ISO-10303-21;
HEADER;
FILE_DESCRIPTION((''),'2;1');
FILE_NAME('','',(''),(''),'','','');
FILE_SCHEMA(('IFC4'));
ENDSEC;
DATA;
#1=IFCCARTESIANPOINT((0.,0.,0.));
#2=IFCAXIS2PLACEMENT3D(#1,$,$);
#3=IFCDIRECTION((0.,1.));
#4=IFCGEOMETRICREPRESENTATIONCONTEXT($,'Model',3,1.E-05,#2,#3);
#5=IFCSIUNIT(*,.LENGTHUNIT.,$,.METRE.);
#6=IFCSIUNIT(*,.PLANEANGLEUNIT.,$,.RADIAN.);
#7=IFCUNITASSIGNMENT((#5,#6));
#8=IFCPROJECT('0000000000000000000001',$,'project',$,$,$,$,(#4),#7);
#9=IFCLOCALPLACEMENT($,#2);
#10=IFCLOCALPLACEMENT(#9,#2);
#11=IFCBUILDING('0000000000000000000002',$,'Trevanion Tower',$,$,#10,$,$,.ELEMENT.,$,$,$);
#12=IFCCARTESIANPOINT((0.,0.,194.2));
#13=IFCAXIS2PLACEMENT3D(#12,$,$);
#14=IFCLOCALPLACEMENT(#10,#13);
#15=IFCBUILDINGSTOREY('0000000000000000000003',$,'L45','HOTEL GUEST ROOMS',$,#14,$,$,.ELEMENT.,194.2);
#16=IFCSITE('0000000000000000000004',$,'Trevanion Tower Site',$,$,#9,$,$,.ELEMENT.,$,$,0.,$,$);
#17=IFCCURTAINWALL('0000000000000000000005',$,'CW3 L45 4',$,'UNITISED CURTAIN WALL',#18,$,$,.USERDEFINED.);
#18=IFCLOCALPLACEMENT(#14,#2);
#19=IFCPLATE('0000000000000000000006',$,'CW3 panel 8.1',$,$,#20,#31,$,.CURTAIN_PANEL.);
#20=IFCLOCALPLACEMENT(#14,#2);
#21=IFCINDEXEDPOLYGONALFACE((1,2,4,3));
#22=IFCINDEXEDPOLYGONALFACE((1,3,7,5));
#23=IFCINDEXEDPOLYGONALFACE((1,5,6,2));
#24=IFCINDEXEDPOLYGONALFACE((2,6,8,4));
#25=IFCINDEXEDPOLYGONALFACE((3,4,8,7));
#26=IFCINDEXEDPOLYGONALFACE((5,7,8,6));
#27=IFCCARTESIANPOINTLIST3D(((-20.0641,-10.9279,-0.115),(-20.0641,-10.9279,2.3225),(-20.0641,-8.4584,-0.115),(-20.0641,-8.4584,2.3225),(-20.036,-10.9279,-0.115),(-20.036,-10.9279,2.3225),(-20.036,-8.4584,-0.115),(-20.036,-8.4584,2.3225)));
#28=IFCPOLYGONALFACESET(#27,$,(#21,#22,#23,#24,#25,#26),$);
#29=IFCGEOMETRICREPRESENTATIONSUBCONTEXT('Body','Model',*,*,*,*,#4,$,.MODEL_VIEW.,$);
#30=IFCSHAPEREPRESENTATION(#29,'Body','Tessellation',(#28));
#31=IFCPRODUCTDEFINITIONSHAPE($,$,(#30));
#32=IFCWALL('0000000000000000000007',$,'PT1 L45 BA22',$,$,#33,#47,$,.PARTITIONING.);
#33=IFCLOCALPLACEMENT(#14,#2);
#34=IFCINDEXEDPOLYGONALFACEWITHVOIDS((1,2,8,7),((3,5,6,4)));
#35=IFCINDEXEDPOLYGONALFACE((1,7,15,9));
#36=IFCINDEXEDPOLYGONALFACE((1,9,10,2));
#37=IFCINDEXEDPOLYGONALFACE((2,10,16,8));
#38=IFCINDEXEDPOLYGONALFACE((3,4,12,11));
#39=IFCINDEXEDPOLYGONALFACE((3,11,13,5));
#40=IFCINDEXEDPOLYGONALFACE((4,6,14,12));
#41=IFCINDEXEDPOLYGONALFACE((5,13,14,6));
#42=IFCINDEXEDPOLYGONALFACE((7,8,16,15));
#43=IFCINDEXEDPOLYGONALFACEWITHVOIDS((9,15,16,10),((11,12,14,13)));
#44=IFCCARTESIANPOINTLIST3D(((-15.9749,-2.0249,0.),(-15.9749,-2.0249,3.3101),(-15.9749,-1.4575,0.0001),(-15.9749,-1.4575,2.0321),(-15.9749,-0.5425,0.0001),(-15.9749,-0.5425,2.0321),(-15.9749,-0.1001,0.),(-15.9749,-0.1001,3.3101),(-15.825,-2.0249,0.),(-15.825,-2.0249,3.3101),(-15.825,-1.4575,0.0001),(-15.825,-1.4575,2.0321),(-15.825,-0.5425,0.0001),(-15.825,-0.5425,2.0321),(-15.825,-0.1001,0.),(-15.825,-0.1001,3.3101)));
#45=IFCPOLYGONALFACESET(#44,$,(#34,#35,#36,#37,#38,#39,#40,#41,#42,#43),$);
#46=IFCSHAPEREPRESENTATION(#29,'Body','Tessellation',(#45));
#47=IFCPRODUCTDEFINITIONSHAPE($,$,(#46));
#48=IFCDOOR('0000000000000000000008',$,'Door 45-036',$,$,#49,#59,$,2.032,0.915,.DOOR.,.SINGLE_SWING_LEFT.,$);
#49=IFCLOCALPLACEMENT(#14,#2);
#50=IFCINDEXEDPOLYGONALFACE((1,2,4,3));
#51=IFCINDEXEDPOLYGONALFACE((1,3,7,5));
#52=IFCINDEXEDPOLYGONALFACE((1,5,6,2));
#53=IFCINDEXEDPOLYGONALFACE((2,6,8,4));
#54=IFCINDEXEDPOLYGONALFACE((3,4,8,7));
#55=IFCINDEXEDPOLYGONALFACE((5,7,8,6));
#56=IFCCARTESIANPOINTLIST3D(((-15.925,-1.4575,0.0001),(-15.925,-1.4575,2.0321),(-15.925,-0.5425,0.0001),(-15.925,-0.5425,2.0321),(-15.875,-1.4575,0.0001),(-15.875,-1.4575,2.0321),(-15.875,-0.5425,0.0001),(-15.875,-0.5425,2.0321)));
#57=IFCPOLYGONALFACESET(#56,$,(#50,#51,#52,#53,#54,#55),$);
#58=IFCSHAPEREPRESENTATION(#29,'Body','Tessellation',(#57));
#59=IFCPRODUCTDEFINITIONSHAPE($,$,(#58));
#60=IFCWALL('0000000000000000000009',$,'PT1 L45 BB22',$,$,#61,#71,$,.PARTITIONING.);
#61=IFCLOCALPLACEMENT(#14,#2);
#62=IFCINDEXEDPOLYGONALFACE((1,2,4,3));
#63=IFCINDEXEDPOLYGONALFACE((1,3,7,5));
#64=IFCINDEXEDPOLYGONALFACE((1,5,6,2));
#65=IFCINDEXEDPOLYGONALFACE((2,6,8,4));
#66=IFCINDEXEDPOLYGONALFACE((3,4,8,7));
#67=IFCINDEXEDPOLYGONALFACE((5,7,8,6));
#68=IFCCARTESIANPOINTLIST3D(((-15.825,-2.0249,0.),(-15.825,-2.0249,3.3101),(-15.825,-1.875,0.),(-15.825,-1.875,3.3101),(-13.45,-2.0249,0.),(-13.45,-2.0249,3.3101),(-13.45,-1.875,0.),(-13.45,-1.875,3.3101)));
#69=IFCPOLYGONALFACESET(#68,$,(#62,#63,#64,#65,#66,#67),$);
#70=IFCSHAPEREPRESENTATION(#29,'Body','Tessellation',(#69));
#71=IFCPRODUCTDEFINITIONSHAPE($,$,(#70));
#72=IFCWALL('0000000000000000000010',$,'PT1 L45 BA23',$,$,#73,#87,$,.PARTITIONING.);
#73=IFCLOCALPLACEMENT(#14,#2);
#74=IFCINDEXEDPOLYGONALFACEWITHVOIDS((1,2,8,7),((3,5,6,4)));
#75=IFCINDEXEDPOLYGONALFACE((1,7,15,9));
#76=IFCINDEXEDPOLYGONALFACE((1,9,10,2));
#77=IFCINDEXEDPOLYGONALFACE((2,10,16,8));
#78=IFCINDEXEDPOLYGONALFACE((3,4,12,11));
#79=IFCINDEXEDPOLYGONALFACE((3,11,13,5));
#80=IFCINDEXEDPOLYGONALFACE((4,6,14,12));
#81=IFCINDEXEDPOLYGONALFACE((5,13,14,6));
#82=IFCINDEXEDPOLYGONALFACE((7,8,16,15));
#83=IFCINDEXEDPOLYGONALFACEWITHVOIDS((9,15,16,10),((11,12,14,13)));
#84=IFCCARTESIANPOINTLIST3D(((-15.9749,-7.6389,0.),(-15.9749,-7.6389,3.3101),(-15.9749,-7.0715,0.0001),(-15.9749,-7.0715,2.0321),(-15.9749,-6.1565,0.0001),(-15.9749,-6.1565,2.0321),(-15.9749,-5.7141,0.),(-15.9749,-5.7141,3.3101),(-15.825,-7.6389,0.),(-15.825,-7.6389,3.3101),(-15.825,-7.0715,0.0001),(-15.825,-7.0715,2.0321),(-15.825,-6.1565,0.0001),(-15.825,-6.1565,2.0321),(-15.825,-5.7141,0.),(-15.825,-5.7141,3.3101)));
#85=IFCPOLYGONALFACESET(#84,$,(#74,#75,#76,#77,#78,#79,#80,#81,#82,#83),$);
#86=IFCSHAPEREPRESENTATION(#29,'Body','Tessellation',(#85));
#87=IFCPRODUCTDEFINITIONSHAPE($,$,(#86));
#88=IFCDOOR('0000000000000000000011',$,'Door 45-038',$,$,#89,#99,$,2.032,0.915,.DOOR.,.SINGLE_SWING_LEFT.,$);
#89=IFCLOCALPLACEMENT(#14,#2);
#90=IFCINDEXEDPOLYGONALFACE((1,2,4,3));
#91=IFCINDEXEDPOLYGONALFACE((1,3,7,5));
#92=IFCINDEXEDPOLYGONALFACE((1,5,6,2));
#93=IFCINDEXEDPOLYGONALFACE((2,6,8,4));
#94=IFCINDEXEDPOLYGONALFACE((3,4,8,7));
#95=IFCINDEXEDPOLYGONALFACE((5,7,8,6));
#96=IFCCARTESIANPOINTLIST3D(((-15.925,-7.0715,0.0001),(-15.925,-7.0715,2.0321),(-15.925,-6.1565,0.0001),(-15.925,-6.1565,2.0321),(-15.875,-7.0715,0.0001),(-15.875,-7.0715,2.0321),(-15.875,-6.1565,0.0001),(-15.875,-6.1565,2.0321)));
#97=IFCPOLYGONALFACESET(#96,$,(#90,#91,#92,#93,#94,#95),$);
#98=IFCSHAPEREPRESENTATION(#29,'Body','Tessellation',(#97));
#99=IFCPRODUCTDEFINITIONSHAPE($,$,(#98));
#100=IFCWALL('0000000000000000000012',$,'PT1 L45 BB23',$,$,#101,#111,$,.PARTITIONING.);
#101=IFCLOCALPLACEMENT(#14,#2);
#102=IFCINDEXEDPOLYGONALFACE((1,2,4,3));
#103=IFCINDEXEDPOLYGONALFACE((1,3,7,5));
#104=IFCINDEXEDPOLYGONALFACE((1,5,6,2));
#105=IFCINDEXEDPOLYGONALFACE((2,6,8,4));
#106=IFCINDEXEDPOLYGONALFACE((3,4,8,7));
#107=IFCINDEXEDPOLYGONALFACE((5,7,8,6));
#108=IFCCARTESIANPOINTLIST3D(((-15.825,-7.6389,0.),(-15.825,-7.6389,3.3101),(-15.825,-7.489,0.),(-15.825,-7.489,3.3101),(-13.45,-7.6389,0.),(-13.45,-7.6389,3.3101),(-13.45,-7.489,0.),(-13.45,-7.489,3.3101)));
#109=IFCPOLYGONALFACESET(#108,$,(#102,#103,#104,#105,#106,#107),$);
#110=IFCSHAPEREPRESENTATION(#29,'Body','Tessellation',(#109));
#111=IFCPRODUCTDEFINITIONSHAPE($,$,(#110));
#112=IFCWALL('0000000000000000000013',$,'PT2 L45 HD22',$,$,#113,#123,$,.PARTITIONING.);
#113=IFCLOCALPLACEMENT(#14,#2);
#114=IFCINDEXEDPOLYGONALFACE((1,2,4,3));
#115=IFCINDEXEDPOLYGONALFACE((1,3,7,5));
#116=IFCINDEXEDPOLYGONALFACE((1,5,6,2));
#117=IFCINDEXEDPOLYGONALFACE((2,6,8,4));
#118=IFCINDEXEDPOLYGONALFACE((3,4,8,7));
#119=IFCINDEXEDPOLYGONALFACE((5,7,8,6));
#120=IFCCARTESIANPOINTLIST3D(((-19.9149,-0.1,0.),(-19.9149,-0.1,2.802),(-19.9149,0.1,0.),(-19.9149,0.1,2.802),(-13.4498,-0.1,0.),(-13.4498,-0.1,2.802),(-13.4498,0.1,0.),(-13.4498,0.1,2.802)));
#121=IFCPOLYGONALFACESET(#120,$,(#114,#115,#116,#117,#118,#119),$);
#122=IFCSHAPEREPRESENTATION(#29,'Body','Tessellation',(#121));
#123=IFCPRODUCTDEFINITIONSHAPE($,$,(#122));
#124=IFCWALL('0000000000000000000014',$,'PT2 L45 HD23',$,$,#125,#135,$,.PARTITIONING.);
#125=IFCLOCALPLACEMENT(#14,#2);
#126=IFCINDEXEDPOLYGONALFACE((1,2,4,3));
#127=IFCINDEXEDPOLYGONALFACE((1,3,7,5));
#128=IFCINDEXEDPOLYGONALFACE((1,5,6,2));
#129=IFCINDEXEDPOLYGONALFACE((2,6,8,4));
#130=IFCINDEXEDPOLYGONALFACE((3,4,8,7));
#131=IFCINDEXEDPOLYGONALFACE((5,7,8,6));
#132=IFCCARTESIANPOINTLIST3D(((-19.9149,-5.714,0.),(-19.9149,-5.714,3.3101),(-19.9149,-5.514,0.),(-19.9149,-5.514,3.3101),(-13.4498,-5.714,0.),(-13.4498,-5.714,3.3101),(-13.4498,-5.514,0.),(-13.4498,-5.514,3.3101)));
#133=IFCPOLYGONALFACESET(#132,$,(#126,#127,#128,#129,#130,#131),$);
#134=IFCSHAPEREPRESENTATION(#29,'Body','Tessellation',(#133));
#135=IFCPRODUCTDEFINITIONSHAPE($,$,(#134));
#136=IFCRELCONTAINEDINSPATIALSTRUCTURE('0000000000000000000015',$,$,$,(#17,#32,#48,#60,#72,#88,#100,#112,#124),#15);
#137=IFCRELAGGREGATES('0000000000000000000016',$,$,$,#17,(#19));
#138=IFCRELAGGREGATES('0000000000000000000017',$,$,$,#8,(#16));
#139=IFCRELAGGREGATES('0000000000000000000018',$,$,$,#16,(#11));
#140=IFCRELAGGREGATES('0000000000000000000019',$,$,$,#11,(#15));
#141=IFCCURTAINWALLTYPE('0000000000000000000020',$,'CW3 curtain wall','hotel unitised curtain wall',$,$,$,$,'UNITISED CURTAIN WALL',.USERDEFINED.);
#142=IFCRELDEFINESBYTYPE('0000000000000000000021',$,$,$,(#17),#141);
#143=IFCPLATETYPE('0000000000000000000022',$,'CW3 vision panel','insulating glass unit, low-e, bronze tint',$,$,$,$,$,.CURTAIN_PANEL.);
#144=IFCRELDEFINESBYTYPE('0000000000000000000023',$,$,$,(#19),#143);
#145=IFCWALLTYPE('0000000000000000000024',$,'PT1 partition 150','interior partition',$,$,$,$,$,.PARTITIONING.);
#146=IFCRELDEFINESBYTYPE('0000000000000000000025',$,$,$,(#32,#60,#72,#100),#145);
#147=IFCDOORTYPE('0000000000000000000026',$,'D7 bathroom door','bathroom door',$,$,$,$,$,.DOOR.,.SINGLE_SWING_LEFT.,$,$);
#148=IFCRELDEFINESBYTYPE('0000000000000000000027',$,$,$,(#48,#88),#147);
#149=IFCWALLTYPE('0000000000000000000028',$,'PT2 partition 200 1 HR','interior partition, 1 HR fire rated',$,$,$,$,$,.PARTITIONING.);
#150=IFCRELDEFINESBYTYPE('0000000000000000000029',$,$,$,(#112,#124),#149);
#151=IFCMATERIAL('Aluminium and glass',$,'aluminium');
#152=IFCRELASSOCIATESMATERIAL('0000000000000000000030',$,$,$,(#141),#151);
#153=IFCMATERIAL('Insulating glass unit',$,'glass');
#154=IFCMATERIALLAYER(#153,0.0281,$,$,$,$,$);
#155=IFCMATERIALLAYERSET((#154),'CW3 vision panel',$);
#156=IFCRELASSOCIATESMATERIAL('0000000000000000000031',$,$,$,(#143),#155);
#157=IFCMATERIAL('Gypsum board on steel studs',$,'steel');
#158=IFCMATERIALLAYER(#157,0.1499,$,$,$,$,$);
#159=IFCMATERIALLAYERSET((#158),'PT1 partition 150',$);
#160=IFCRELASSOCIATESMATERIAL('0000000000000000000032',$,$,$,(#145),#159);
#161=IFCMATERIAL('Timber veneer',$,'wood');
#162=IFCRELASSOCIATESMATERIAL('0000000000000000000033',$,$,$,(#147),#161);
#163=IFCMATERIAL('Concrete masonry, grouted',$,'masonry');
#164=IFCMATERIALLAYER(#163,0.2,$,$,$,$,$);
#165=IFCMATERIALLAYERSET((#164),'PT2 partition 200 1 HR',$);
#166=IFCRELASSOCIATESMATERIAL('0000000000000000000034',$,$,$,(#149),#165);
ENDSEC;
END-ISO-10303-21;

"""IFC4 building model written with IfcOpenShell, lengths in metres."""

from ifc_helpers import new_model, si_unit, direction, frame, frame_2d, origin, origin_2d, place, context, subcontext, project, spatial, rectangle, extrude, material, layer, layer_set, type_object, element, fill, aggregate, save


model = new_model("IFC4")

# Units and contexts
model_context = context("Model", 3, precision=1e-05, world=origin(), true_north=direction((0.0, 1.0)))
body_context = subcontext(model_context, "Body", "Model", "MODEL_VIEW")
ifc_project = project(units=[si_unit("LENGTHUNIT", "METRE"), si_unit("PLANEANGLEUNIT", "RADIAN")], contexts=[model_context])

# Site, building, storey
site_placement = place(None, origin())
site = spatial("IfcSite", under=ifc_project, at=site_placement, Name="Trevanion Tower Site", CompositionType="ELEMENT", RefElevation=0.0)
building_placement = place(site_placement, origin())
building = spatial("IfcBuilding", under=site, at=building_placement, Name="Trevanion Tower", CompositionType="ELEMENT")
storey_placement = place(building_placement, frame((0.0, 0.0, 194.2)))
storey = spatial("IfcBuildingStorey", under=building, at=storey_placement, Name="L45", Description="HOTEL GUEST ROOMS", CompositionType="ELEMENT", Elevation=194.2)

# Curtain wall
ifc_material_1 = material(Name="Aluminium and glass", Category="aluminium")
curtain_wall_type = type_object("IfcCurtainWallType", Name="CW3 curtain wall", Description="hotel unitised curtain wall", ElementType="UNITISED CURTAIN WALL", PredefinedType="USERDEFINED", material=ifc_material_1)
curtain_wall_placement = place(storey_placement, origin())
curtain_wall = element("IfcCurtainWall", 1, at=curtain_wall_placement, inside=storey, type_object=curtain_wall_type, Name="CW3 L45 4", ObjectType="UNITISED CURTAIN WALL", PredefinedType="USERDEFINED")

# Plate
ifc_material_2 = material(Name="Insulating glass unit", Category="glass")
ifc_layer_1 = layer(ifc_material_2, 0.0281)
ifc_layer_set_1 = layer_set([ifc_layer_1], Name="CW3 vision panel")
plate_type_1 = type_object("IfcPlateType", Name="CW3 vision panel", Description="insulating glass unit, low-e, bronze tint", PredefinedType="CURTAIN_PANEL", material=ifc_layer_set_1)
plate_1_placement = place(storey_placement, frame((-20.05, -9.6931, -0.115), z_axis=(0.0, 0.0, 1.0), x_axis=(0.0, -1.0, 0.0)))
plate_1 = element("IfcPlate", 2, at=plate_1_placement, type_object=plate_type_1, Name="CW3 panel 8.1", PredefinedType="CURTAIN_PANEL", context=body_context, shape_type="SweptSolid", body=[
    extrude(rectangle(XDim=2.4695, YDim=0.0281, at=origin_2d()), origin(), (0.0, 0.0, 1.0), 2.4375),
])
aggregate(curtain_wall, [plate_1])

# Wall, opening, door
ifc_material_3 = material(Name="Gypsum board on steel studs", Category="steel")
ifc_layer_2 = layer(ifc_material_3, 0.1499)
ifc_layer_set_2 = layer_set([ifc_layer_2], Name="PT1 partition 150")
wall_type_1 = type_object("IfcWallType", Name="PT1 partition 150", Description="interior partition", PredefinedType="PARTITIONING", material=ifc_layer_set_2)
wall_1_placement = place(storey_placement, frame((-15.8999, -0.1001, 0.0), z_axis=(0.0, 0.0, 1.0), x_axis=(0.0, -1.0, 0.0)))
wall_1 = element("IfcWall", 3, at=wall_1_placement, inside=storey, type_object=wall_type_1, Name="PT1 L45 BA22", PredefinedType="PARTITIONING", context=body_context, shape_type="SweptSolid", body=[
    extrude(rectangle(XDim=1.9248, YDim=0.1499, at=frame_2d((0.9624, 0.0))), origin(), (0.0, 0.0, 1.0), 3.3101),
])
opening_1_placement = place(wall_1_placement, frame((0.4424, 0.0, 0.0)))
opening_1 = element("IfcOpeningElement", 4, at=opening_1_placement, cuts=wall_1, PredefinedType="OPENING", context=body_context, shape_type="SweptSolid", body=[
    extrude(rectangle(XDim=0.915, YDim=2.032, at=frame_2d((0.4575, 1.0161))), frame((0.0, 0.085, 0.0), z_axis=(0.0, -1.0, 0.0), x_axis=(1.0, 0.0, 0.0)), (0.0, 0.0, 1.0), 0.1699),
])
ifc_material_4 = material(Name="Timber veneer", Category="wood")
door_type = type_object("IfcDoorType", Name="D7 bathroom door", Description="bathroom door", OperationType="SINGLE_SWING_LEFT", PredefinedType="DOOR", material=ifc_material_4)
door_1_placement = place(opening_1_placement, origin())
door_1 = element("IfcDoor", 5, at=door_1_placement, inside=storey, type_object=door_type, Name="Door 45-036", OperationType="SINGLE_SWING_LEFT", OverallHeight=2.032, OverallWidth=0.915, PredefinedType="DOOR", context=body_context, shape_type="SweptSolid", body=[
    extrude(rectangle(XDim=0.915, YDim=2.032, at=frame_2d((0.4575, 1.0161))), frame((0.0, 0.0249, 0.0), z_axis=(0.0, -1.0, 0.0), x_axis=(1.0, 0.0, 0.0)), (0.0, 0.0, 1.0), 0.05),
])
fill(opening_1, door_1)

# Wall
wall_2_placement = place(storey_placement, frame((-13.45, -1.95, 0.0), z_axis=(0.0, 0.0, 1.0), x_axis=(-1.0, 0.0, 0.0)))
element("IfcWall", 6, at=wall_2_placement, inside=storey, type_object=wall_type_1, Name="PT1 L45 BB22", PredefinedType="PARTITIONING", context=body_context, shape_type="SweptSolid", body=[
    extrude(rectangle(XDim=2.375, YDim=0.1499, at=frame_2d((1.1875, 0.0))), origin(), (0.0, 0.0, 1.0), 3.3101),
])

# Wall, opening, door
wall_3_placement = place(storey_placement, frame((-15.8999, -5.7141, 0.0), z_axis=(0.0, 0.0, 1.0), x_axis=(0.0, -1.0, 0.0)))
wall_3 = element("IfcWall", 7, at=wall_3_placement, inside=storey, type_object=wall_type_1, Name="PT1 L45 BA23", PredefinedType="PARTITIONING", context=body_context, shape_type="SweptSolid", body=[
    extrude(rectangle(XDim=1.9248, YDim=0.1499, at=frame_2d((0.9624, 0.0))), origin(), (0.0, 0.0, 1.0), 3.3101),
])
opening_2_placement = place(wall_3_placement, frame((0.4424, 0.0, 0.0)))
opening_2 = element("IfcOpeningElement", 8, at=opening_2_placement, cuts=wall_3, PredefinedType="OPENING", context=body_context, shape_type="SweptSolid", body=[
    extrude(rectangle(XDim=0.915, YDim=2.032, at=frame_2d((0.4575, 1.0161))), frame((0.0, 0.085, 0.0), z_axis=(0.0, -1.0, 0.0), x_axis=(1.0, 0.0, 0.0)), (0.0, 0.0, 1.0), 0.1699),
])
door_2_placement = place(opening_2_placement, origin())
door_2 = element("IfcDoor", 9, at=door_2_placement, inside=storey, type_object=door_type, Name="Door 45-038", OperationType="SINGLE_SWING_LEFT", OverallHeight=2.032, OverallWidth=0.915, PredefinedType="DOOR", context=body_context, shape_type="SweptSolid", body=[
    extrude(rectangle(XDim=0.915, YDim=2.032, at=frame_2d((0.4575, 1.0161))), frame((0.0, 0.0249, 0.0), z_axis=(0.0, -1.0, 0.0), x_axis=(1.0, 0.0, 0.0)), (0.0, 0.0, 1.0), 0.05),
])
fill(opening_2, door_2)

# Walls
wall_4_placement = place(storey_placement, frame((-13.45, -7.564, 0.0), z_axis=(0.0, 0.0, 1.0), x_axis=(-1.0, 0.0, 0.0)))
element("IfcWall", 10, at=wall_4_placement, inside=storey, type_object=wall_type_1, Name="PT1 L45 BB23", PredefinedType="PARTITIONING", context=body_context, shape_type="SweptSolid", body=[
    extrude(rectangle(XDim=2.375, YDim=0.1499, at=frame_2d((1.1875, 0.0))), origin(), (0.0, 0.0, 1.0), 3.3101),
])
ifc_material_5 = material(Name="Concrete masonry, grouted", Category="masonry")
ifc_layer_3 = layer(ifc_material_5, 0.2)
ifc_layer_set_3 = layer_set([ifc_layer_3], Name="PT2 partition 200 1 HR")
wall_type_2 = type_object("IfcWallType", Name="PT2 partition 200 1 HR", Description="interior partition, 1 HR fire rated", PredefinedType="PARTITIONING", material=ifc_layer_set_3)
wall_5_placement = place(storey_placement, frame((-13.45, 0.0, 0.0), z_axis=(0.0, 0.0, 1.0), x_axis=(-1.0, 0.0, 0.0)))
element("IfcWall", 11, at=wall_5_placement, inside=storey, type_object=wall_type_2, Name="PT2 L45 HD22", PredefinedType="PARTITIONING", context=body_context, shape_type="SweptSolid", body=[
    extrude(rectangle(XDim=6.4651, YDim=0.2, at=frame_2d((3.2324, 0.0))), origin(), (0.0, 0.0, 1.0), 2.802),
])
wall_6_placement = place(storey_placement, frame((-13.45, -5.614, 0.0), z_axis=(0.0, 0.0, 1.0), x_axis=(-1.0, 0.0, 0.0)))
element("IfcWall", 12, at=wall_6_placement, inside=storey, type_object=wall_type_2, Name="PT2 L45 HD23", PredefinedType="PARTITIONING", context=body_context, shape_type="SweptSolid", body=[
    extrude(rectangle(XDim=6.4651, YDim=0.2, at=frame_2d((3.2324, 0.0))), origin(), (0.0, 0.0, 1.0), 3.3101),
])

save(model, "model.ifc")
